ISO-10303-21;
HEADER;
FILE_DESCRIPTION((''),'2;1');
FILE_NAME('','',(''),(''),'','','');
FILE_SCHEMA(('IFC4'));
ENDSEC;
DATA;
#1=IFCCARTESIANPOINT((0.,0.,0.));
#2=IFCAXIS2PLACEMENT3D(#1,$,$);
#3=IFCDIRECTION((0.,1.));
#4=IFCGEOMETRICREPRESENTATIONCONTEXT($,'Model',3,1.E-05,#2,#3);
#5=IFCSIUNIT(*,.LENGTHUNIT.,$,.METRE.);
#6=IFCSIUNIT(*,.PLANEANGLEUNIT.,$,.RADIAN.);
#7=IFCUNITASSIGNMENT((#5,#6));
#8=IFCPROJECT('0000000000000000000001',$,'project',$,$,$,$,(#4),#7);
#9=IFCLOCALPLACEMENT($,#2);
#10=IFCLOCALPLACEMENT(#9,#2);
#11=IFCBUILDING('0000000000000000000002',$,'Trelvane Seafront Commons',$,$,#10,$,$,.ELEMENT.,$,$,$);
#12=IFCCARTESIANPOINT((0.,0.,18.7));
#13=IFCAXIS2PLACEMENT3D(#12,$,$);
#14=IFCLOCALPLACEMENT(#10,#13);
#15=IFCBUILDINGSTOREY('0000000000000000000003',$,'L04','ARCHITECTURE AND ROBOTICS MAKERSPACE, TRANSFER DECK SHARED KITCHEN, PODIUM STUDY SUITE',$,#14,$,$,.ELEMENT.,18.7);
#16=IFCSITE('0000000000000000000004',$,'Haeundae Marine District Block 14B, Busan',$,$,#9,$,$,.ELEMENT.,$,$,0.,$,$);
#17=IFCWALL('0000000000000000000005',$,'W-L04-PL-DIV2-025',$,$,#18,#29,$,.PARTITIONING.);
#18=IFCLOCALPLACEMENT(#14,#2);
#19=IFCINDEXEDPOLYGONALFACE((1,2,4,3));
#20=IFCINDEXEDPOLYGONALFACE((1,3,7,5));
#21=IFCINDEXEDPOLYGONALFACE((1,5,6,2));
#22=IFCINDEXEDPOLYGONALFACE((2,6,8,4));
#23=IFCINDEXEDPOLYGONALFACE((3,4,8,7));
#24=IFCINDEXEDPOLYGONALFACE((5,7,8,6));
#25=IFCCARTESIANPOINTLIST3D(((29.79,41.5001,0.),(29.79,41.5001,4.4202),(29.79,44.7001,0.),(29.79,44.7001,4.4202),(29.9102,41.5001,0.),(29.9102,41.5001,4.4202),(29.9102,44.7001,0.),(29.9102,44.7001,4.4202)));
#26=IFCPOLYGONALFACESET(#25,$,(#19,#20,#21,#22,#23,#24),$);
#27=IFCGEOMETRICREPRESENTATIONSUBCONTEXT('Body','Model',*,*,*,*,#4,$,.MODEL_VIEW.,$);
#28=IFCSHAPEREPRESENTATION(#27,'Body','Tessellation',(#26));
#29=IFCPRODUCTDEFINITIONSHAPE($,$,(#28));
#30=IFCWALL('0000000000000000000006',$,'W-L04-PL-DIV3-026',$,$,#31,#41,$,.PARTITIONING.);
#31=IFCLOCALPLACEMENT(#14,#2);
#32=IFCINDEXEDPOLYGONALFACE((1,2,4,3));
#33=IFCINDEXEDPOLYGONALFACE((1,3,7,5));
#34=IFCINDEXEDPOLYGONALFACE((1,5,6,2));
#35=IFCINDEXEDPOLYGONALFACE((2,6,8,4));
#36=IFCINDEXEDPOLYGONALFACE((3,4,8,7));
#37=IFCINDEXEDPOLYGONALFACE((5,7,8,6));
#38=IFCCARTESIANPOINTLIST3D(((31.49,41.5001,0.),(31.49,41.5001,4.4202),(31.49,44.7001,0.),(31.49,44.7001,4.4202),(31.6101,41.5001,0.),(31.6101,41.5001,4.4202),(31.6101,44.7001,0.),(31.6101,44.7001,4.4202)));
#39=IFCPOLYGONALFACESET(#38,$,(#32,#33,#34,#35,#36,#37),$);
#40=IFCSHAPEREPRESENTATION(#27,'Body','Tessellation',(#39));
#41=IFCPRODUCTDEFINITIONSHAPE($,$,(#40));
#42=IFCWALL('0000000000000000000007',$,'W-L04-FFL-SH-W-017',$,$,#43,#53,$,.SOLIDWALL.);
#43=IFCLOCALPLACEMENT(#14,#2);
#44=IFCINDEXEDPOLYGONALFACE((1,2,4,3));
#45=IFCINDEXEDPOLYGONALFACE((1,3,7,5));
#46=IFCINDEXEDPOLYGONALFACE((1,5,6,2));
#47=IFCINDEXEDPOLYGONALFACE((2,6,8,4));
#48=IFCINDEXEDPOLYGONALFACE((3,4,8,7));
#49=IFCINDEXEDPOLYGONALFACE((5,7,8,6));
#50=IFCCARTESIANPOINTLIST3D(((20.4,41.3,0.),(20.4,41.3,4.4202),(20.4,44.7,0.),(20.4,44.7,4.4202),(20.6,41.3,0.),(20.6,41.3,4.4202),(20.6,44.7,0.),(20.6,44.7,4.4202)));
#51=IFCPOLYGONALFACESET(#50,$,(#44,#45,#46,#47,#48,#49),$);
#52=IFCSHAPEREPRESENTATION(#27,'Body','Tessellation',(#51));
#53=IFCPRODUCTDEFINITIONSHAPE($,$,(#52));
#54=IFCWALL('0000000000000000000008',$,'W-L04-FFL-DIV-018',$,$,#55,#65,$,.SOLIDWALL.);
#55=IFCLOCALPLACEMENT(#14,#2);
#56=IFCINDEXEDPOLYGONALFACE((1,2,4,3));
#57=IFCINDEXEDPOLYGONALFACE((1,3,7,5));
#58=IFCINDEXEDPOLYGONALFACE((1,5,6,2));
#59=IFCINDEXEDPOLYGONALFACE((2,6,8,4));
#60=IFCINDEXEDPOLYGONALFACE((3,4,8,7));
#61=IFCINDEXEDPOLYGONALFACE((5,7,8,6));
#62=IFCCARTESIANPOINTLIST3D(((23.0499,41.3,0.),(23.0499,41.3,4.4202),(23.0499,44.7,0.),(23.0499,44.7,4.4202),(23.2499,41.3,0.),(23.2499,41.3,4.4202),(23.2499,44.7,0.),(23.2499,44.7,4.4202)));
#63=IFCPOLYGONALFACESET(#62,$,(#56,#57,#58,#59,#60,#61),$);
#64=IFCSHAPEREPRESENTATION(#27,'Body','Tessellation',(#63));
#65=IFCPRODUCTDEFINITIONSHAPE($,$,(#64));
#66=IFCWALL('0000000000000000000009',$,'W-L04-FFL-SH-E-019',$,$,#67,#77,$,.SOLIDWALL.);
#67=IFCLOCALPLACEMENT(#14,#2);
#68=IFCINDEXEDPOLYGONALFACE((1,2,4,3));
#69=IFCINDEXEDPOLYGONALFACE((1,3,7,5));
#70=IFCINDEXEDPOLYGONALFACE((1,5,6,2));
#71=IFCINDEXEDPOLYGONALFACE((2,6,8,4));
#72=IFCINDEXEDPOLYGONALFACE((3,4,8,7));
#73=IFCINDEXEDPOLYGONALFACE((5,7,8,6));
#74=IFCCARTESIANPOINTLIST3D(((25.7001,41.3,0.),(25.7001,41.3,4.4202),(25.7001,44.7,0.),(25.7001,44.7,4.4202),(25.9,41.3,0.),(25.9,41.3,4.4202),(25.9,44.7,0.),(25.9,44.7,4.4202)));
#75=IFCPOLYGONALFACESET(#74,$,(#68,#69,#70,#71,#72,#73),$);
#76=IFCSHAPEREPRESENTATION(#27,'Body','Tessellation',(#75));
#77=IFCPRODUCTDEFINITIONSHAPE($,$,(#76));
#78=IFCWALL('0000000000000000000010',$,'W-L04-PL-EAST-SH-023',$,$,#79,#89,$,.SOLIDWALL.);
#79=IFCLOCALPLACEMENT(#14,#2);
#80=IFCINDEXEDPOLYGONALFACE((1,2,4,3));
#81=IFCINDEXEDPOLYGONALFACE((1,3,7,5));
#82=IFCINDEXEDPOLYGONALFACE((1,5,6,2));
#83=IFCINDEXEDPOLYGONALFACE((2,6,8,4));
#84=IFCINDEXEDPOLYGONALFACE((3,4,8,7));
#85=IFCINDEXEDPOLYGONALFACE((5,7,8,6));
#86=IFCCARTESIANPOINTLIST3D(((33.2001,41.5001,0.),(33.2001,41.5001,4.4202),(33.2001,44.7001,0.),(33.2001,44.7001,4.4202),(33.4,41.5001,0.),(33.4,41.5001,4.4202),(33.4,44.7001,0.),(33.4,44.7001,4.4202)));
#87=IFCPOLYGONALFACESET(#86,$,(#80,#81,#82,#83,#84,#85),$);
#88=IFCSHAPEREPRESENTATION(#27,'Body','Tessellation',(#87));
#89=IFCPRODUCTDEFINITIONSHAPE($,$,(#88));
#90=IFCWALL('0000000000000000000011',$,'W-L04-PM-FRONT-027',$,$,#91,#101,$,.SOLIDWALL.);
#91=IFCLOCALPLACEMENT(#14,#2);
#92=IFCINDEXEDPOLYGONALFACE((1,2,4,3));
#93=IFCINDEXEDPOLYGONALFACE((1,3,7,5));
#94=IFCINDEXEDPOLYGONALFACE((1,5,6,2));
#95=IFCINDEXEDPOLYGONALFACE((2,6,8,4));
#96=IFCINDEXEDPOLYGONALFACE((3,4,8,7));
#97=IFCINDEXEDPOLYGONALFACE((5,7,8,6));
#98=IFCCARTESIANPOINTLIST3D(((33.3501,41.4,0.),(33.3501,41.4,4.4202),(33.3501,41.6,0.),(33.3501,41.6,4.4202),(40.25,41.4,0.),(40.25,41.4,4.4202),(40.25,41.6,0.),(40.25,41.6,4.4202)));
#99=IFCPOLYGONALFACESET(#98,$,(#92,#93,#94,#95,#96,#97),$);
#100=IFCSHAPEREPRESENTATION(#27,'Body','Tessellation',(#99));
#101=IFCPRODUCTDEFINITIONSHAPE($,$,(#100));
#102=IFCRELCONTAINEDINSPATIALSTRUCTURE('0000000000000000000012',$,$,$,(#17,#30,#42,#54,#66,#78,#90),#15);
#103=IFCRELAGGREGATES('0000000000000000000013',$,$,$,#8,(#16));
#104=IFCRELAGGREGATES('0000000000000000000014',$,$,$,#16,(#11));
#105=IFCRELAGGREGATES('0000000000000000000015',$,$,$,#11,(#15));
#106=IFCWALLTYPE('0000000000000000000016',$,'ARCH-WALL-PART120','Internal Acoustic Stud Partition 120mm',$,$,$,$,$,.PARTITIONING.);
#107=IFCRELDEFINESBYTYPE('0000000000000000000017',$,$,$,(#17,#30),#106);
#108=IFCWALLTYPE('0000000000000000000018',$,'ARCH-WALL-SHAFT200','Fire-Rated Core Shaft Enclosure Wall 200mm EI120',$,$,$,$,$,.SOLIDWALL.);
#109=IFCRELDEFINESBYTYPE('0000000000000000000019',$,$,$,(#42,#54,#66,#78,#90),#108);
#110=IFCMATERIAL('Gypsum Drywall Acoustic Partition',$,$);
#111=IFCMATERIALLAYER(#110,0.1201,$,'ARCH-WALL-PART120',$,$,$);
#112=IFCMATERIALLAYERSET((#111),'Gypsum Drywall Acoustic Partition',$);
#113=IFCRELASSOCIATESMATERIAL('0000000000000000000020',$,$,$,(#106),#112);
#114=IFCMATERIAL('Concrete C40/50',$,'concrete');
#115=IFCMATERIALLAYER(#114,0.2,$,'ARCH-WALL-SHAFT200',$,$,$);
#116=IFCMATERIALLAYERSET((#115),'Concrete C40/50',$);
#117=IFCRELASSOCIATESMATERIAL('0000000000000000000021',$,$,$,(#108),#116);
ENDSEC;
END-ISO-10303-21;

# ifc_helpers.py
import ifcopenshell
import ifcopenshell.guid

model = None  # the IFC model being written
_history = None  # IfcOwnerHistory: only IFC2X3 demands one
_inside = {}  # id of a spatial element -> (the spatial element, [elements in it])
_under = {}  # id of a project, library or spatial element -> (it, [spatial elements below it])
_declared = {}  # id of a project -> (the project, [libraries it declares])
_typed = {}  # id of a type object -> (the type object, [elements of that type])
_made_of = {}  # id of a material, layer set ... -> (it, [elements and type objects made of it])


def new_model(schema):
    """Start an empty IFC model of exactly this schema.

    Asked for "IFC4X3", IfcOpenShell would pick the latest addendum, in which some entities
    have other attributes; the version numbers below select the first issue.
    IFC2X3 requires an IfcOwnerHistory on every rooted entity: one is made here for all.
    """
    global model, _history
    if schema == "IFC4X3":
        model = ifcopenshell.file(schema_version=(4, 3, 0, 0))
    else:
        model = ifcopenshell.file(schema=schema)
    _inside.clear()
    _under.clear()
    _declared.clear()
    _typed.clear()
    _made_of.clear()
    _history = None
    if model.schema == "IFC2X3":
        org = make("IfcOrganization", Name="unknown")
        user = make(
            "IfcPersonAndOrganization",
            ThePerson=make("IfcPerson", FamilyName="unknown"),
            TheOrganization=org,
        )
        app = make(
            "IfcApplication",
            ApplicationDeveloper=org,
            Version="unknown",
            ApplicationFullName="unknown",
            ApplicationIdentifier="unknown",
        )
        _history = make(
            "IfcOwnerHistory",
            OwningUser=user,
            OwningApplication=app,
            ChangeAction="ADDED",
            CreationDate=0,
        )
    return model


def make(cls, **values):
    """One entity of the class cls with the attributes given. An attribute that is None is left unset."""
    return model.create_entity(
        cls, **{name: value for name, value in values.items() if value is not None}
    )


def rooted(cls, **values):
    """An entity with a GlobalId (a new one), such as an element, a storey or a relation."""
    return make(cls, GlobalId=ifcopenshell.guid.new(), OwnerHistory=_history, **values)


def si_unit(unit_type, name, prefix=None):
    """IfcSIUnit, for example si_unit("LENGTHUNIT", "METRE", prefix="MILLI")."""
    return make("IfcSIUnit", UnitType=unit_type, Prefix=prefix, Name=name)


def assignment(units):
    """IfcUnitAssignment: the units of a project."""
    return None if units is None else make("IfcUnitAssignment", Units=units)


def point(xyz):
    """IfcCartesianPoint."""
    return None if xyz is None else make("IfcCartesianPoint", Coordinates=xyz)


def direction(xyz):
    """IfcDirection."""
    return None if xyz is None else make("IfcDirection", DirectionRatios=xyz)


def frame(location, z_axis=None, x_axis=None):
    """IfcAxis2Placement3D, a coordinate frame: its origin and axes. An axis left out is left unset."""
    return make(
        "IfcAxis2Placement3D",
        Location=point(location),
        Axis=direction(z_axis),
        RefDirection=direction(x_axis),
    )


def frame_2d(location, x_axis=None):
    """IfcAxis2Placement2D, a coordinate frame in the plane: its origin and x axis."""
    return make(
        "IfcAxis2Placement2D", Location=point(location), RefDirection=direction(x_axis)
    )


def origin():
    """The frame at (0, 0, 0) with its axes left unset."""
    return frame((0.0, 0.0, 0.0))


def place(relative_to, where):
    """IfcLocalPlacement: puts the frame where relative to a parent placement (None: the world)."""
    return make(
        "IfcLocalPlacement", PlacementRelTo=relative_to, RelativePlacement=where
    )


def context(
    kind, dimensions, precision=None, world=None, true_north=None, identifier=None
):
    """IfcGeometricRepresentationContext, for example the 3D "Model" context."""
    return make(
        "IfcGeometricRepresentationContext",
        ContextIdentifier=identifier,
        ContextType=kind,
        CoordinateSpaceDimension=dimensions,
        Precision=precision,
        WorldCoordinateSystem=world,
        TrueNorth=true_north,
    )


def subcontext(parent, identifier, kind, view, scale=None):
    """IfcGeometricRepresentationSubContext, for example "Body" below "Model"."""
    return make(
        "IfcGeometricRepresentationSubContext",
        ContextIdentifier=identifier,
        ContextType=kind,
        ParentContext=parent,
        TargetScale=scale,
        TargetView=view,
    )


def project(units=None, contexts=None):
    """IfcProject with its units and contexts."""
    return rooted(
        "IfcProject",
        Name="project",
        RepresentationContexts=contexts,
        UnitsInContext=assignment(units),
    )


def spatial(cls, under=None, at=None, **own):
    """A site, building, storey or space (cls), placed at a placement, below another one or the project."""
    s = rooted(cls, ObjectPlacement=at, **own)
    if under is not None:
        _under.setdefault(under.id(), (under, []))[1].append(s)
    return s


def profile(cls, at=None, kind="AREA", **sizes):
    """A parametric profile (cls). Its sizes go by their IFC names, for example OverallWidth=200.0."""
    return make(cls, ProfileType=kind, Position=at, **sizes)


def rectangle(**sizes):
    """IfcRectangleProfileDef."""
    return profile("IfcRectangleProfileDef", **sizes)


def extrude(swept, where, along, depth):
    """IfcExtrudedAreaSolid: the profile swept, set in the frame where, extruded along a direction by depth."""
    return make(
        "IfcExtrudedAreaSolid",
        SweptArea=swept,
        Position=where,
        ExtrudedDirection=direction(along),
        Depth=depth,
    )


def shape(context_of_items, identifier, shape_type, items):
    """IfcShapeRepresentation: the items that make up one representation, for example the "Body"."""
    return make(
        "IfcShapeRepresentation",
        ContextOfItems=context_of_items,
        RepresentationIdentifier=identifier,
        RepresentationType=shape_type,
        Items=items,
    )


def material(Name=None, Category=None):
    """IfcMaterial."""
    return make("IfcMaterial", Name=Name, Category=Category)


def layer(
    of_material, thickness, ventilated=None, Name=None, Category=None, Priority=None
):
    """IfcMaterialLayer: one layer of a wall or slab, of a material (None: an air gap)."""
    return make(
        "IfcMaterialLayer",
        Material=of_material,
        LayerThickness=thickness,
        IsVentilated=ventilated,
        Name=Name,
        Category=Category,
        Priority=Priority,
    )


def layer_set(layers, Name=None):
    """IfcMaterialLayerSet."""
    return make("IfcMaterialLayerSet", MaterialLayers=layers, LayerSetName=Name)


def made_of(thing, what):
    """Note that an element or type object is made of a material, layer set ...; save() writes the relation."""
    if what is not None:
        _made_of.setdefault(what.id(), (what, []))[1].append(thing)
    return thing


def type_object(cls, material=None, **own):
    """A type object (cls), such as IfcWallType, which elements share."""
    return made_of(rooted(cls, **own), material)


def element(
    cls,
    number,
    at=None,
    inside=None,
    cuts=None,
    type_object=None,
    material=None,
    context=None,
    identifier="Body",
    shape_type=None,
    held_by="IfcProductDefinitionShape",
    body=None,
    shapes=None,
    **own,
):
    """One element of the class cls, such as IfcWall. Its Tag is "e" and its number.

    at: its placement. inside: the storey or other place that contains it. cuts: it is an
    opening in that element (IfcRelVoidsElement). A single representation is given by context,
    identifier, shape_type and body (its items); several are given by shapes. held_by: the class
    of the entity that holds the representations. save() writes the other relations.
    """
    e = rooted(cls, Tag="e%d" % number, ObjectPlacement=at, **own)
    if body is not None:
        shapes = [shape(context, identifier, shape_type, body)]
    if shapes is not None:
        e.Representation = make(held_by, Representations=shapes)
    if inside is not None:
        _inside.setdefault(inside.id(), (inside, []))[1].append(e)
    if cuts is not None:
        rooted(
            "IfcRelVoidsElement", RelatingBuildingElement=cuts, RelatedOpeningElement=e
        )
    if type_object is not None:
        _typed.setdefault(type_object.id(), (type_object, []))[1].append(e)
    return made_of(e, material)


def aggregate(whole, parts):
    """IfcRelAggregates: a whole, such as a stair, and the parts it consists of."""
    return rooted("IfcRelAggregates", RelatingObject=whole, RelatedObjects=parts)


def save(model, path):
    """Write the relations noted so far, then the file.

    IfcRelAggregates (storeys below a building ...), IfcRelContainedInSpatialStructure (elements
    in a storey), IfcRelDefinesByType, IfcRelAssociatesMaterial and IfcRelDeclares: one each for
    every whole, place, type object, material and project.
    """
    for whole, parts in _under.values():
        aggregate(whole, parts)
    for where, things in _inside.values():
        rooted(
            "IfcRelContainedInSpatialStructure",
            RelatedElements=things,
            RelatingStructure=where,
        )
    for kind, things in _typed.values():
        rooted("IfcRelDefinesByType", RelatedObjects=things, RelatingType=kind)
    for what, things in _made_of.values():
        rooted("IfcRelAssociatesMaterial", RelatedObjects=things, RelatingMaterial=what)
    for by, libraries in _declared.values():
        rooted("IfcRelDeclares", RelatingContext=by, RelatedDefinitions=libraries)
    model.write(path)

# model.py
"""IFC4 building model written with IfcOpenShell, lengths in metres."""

from ifc_helpers import new_model, si_unit, direction, frame, frame_2d, origin, place, context, subcontext, project, spatial, rectangle, extrude, material, layer, layer_set, type_object, element, save


model = new_model("IFC4")

# Units and contexts
model_context = context("Model", 3, precision=1e-05, world=origin(), true_north=direction((0.0, 1.0)))
body_context = subcontext(model_context, "Body", "Model", "MODEL_VIEW")
ifc_project = project(units=[si_unit("LENGTHUNIT", "METRE"), si_unit("PLANEANGLEUNIT", "RADIAN")], contexts=[model_context])

# Site, building, storey
site_placement = place(None, origin())
site = spatial("IfcSite", under=ifc_project, at=site_placement, Name="Haeundae Marine District Block 14B, Busan", CompositionType="ELEMENT", RefElevation=0.0)
building_placement = place(site_placement, origin())
building = spatial("IfcBuilding", under=site, at=building_placement, Name="Trelvane Seafront Commons", CompositionType="ELEMENT")
storey_placement = place(building_placement, frame((0.0, 0.0, 18.7)))
storey = spatial("IfcBuildingStorey", under=building, at=storey_placement, Name="L04", Description="ARCHITECTURE AND ROBOTICS MAKERSPACE, TRANSFER DECK SHARED KITCHEN, PODIUM STUDY SUITE", CompositionType="ELEMENT", Elevation=18.7)

# Walls
ifc_material_1 = material(Name="Gypsum Drywall Acoustic Partition")
ifc_layer_1 = layer(ifc_material_1, 0.1201, Name="ARCH-WALL-PART120")
ifc_layer_set_1 = layer_set([ifc_layer_1], Name="Gypsum Drywall Acoustic Partition")
wall_type_1 = type_object("IfcWallType", Name="ARCH-WALL-PART120", Description="Internal Acoustic Stud Partition 120mm", PredefinedType="PARTITIONING", material=ifc_layer_set_1)
for number, where, z_axis, x_axis, name in (
    (1, (29.8501, 41.5, 0.0), (0.0, 0.0, 1.0), (0.0, 1.0, 0.0), "W-L04-PL-DIV2-025"),
    (2, (31.55, 41.5, 0.0), (0.0, 0.0, 1.0), (0.0, 1.0, 0.0), "W-L04-PL-DIV3-026"),
):
    element("IfcWall", number, at=place(storey_placement, frame(where, z_axis=z_axis, x_axis=x_axis)), inside=storey, type_object=wall_type_1, Name=name, PredefinedType="PARTITIONING", context=body_context, shape_type="SweptSolid", body=[
        extrude(rectangle(XDim=3.2, YDim=0.1201, at=frame_2d((1.6001, 0.0))), origin(), (0.0, 0.0, 1.0), 4.4202),
    ])

# Shared definitions
ifc_material_2 = material(Name="Concrete C40/50", Category="concrete")
ifc_layer_2 = layer(ifc_material_2, 0.2, Name="ARCH-WALL-SHAFT200")
ifc_layer_set_2 = layer_set([ifc_layer_2], Name="Concrete C40/50")
wall_type_2 = type_object("IfcWallType", Name="ARCH-WALL-SHAFT200", Description="Fire-Rated Core Shaft Enclosure Wall 200mm EI120", PredefinedType="SOLIDWALL", material=ifc_layer_set_2)

# Walls
for number, where, z_axis, x_axis, name in (
    (3, (20.5, 41.3, 0.0), (0.0, 0.0, 1.0), (0.0, 1.0, 0.0), "W-L04-FFL-SH-W-017"),
    (4, (23.1499, 41.3, 0.0), (0.0, 0.0, 1.0), (0.0, 1.0, 0.0), "W-L04-FFL-DIV-018"),
    (5, (25.8, 41.3, 0.0), (0.0, 0.0, 1.0), (0.0, 1.0, 0.0), "W-L04-FFL-SH-E-019"),
):
    element("IfcWall", number, at=place(storey_placement, frame(where, z_axis=z_axis, x_axis=x_axis)), inside=storey, type_object=wall_type_2, Name=name, PredefinedType="SOLIDWALL", context=body_context, shape_type="SweptSolid", body=[
        extrude(rectangle(XDim=3.3999, YDim=0.2, at=frame_2d((1.7, 0.0))), origin(), (0.0, 0.0, 1.0), 4.4202),
    ])

# Walls
wall_1_placement = place(storey_placement, frame((33.3, 41.5, 0.0), z_axis=(0.0, 0.0, 1.0), x_axis=(0.0, 1.0, 0.0)))
element("IfcWall", 6, at=wall_1_placement, inside=storey, type_object=wall_type_2, Name="W-L04-PL-EAST-SH-023", PredefinedType="SOLIDWALL", context=body_context, shape_type="SweptSolid", body=[
    extrude(rectangle(XDim=3.2, YDim=0.2, at=frame_2d((1.6001, 0.0))), origin(), (0.0, 0.0, 1.0), 4.4202),
])
wall_2_placement = place(storey_placement, frame((33.3501, 41.5, 0.0), z_axis=(0.0, 0.0, 1.0), x_axis=(1.0, 0.0, 0.0)))
element("IfcWall", 7, at=wall_2_placement, inside=storey, type_object=wall_type_2, Name="W-L04-PM-FRONT-027", PredefinedType="SOLIDWALL", context=body_context, shape_type="SweptSolid", body=[
    extrude(rectangle(XDim=6.8999, YDim=0.2, at=frame_2d((3.45, 0.0))), origin(), (0.0, 0.0, 1.0), 4.4202),
])

save(model, "model.ifc")
